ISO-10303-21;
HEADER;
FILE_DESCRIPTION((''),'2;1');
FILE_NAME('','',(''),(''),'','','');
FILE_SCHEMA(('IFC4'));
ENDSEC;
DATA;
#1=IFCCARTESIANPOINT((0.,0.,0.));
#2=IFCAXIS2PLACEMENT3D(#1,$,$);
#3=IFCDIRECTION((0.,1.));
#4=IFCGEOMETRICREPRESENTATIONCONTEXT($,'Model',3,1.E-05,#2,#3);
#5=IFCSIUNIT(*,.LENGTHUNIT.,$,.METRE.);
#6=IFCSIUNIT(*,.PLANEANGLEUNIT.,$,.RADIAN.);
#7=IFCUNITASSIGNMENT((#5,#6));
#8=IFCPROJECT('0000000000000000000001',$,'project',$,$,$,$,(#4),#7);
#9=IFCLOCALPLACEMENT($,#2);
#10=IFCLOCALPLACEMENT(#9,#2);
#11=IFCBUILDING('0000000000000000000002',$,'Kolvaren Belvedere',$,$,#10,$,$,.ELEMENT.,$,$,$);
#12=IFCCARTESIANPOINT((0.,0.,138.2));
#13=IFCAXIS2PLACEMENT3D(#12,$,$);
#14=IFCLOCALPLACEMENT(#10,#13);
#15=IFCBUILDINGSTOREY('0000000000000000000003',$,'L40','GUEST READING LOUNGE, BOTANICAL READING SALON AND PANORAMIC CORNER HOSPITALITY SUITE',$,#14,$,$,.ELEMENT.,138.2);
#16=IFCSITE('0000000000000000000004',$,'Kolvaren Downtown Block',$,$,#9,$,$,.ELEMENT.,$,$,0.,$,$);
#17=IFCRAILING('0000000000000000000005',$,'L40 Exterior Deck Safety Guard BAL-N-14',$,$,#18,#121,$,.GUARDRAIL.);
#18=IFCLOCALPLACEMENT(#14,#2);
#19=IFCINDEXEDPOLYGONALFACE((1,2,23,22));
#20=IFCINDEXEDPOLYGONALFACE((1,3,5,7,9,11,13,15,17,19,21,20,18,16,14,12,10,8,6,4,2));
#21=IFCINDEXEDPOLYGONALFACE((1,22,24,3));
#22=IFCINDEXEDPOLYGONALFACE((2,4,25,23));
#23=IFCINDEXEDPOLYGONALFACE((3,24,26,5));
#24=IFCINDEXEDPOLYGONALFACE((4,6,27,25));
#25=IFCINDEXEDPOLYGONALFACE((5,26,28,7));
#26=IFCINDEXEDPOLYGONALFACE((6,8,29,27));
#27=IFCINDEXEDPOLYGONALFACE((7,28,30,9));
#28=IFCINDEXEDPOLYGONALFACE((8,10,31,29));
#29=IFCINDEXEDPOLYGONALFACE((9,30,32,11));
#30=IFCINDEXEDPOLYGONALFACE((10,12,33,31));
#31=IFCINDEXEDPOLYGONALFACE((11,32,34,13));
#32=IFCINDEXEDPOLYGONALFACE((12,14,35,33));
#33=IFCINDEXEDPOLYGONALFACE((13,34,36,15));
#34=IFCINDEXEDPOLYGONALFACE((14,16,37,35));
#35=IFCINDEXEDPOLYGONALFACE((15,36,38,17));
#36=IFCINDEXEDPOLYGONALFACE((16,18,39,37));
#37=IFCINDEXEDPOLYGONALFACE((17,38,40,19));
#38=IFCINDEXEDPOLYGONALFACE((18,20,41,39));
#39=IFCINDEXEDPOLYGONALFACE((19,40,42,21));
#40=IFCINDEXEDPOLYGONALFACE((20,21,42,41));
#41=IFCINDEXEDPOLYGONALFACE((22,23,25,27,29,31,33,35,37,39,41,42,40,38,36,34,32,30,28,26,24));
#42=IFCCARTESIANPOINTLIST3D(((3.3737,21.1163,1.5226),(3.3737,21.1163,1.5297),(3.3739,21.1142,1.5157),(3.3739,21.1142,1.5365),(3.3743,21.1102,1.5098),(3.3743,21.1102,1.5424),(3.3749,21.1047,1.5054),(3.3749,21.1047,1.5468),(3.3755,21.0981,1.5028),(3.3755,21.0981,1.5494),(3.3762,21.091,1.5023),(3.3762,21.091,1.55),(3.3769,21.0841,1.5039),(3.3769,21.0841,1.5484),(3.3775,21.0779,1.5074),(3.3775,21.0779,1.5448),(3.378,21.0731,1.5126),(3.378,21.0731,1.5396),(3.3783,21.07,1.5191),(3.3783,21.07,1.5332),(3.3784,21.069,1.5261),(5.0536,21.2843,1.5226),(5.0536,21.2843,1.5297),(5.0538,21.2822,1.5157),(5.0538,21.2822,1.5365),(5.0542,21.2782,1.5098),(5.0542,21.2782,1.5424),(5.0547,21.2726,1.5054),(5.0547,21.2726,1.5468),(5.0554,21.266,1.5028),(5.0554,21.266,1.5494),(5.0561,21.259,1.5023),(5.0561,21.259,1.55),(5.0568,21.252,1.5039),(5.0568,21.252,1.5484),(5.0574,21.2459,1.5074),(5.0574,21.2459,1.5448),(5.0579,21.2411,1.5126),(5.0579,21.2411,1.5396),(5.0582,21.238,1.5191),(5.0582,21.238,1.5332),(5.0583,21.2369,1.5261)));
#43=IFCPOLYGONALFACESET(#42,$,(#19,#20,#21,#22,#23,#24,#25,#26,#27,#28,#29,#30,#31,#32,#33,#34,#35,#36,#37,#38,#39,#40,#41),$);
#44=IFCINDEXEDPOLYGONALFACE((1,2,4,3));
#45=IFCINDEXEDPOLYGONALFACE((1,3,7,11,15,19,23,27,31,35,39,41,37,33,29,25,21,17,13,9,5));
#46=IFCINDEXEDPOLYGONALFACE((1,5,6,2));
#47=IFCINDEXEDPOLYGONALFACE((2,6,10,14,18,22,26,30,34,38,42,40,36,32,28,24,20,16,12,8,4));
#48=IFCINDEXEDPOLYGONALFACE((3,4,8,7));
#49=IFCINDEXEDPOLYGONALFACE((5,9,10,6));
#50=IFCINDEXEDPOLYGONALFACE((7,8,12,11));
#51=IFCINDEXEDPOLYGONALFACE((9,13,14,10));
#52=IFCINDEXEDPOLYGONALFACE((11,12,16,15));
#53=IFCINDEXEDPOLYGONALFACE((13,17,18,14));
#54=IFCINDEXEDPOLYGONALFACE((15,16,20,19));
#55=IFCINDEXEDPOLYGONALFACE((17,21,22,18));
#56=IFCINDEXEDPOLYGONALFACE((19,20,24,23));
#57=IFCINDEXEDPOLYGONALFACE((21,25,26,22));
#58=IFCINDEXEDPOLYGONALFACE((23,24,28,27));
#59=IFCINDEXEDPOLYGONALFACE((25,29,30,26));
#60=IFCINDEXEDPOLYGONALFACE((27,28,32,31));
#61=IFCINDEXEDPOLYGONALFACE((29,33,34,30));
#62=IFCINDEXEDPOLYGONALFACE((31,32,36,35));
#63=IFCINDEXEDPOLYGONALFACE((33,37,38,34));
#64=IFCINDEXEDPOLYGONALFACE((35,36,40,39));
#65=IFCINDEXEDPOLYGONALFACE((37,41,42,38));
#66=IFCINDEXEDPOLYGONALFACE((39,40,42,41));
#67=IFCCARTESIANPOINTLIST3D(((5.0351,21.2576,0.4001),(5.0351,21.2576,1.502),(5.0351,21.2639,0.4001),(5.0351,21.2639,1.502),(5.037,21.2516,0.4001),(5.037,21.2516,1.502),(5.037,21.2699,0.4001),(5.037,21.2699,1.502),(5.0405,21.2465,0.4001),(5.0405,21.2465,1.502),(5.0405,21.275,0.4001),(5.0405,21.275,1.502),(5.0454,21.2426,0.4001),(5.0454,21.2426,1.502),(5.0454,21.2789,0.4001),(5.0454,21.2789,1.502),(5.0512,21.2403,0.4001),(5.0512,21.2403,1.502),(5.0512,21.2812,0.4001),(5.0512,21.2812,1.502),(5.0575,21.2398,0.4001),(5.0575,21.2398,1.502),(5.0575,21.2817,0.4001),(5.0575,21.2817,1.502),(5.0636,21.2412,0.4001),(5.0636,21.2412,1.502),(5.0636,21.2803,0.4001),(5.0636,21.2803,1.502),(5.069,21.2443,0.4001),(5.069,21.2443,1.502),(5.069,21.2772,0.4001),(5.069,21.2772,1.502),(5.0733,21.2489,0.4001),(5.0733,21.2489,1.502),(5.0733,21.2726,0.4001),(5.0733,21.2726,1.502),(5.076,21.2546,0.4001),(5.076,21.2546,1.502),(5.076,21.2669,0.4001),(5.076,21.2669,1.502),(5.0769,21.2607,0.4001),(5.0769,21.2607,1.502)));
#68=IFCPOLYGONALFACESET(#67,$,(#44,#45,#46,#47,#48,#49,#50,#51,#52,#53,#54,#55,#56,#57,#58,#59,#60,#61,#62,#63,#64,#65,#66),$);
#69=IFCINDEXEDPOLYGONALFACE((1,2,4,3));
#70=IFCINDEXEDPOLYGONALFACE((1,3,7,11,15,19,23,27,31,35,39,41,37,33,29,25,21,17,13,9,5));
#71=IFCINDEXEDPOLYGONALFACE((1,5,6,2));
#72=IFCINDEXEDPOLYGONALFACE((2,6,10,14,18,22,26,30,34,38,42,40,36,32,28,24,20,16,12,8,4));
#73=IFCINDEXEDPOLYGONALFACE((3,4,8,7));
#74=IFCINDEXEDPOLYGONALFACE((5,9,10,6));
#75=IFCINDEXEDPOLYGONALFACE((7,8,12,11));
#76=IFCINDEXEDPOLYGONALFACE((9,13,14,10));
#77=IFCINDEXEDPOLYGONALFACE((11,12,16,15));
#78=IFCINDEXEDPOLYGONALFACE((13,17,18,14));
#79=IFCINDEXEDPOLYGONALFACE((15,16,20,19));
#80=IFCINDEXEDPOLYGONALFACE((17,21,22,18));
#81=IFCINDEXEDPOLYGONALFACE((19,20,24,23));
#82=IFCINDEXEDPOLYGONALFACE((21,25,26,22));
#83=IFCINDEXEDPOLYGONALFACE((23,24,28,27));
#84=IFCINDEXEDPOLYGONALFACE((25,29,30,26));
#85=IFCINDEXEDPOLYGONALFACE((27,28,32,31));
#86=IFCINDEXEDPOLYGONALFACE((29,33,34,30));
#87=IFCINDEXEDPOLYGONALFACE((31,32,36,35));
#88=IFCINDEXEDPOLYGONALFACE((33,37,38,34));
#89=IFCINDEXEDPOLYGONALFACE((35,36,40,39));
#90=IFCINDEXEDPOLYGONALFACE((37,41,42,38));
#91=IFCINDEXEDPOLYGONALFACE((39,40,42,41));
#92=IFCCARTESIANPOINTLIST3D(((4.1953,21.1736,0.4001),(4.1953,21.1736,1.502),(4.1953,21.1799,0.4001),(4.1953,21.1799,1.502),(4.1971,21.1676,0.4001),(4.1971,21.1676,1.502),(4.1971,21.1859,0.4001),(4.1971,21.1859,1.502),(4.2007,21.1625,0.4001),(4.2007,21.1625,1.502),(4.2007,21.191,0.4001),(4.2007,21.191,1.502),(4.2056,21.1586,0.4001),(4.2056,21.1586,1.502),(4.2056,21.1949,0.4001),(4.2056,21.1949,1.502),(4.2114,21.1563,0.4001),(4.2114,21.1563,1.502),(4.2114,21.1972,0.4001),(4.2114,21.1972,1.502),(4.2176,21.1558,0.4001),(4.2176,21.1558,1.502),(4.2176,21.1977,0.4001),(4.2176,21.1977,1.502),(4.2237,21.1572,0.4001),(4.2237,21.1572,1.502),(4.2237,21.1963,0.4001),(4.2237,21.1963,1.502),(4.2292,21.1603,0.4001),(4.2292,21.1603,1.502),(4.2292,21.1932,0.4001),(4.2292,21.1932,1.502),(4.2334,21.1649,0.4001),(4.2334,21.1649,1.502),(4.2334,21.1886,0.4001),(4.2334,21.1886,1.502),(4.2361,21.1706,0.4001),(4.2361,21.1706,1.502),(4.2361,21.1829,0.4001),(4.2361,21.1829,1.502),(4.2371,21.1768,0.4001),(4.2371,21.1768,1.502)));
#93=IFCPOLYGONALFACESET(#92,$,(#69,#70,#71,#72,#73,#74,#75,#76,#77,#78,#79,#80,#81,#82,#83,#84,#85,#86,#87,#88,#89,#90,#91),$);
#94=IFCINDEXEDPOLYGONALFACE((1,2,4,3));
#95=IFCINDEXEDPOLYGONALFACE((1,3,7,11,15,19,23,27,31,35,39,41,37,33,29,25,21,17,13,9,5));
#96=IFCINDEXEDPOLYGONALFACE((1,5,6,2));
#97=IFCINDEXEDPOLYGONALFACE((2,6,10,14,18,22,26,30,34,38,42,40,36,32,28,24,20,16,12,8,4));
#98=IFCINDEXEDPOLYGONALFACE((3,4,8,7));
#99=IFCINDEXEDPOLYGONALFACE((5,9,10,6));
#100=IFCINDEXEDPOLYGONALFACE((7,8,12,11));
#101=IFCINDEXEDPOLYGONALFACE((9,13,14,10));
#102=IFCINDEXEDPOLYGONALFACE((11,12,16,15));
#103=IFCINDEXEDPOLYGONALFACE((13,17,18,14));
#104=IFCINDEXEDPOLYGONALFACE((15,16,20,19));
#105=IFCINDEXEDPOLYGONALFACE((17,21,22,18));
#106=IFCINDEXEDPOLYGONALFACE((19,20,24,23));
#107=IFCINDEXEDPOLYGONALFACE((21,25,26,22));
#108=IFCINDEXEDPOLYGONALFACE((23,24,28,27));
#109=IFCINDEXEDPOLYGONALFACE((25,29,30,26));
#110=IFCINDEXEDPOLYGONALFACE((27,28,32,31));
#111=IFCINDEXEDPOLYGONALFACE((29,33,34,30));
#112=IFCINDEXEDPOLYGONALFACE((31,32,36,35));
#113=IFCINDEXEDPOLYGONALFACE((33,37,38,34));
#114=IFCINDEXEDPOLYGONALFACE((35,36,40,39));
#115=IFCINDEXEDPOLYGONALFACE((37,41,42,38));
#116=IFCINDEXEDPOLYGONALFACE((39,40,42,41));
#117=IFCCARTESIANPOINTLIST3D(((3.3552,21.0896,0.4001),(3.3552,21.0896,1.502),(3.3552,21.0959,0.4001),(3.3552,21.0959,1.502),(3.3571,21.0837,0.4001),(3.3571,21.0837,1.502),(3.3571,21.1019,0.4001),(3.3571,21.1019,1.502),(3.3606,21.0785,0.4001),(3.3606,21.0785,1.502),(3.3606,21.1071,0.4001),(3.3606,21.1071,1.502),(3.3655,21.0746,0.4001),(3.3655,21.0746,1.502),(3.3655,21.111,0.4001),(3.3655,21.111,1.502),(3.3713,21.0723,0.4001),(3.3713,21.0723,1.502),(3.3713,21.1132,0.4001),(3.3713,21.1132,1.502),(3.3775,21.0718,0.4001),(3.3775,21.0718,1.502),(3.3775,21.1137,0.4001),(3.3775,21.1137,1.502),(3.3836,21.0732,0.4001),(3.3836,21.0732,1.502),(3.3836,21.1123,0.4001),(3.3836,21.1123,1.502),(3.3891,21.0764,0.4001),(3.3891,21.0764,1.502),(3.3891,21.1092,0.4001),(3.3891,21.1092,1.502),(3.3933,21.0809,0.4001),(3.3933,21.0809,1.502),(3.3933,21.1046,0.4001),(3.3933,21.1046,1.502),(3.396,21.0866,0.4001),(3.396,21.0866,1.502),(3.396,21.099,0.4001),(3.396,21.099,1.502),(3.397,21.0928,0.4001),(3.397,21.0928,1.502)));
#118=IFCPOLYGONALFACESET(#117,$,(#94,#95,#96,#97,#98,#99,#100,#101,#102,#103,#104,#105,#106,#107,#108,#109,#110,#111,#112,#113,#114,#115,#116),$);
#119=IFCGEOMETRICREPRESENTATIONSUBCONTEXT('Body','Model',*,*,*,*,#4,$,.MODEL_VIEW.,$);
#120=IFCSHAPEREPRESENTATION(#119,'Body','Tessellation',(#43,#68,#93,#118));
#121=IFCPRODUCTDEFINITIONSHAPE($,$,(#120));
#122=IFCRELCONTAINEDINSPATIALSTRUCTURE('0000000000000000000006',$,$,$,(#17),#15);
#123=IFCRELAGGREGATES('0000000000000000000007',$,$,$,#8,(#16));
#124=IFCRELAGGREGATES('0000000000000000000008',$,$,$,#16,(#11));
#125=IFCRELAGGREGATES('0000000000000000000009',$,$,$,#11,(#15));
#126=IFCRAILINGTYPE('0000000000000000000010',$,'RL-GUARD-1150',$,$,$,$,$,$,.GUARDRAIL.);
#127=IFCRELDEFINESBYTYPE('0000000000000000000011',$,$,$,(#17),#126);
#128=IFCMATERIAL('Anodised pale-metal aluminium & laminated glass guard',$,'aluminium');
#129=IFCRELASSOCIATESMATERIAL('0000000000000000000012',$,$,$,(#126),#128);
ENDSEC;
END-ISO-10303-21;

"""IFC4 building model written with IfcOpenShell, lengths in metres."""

from ifc_helpers import new_model, si_unit, direction, frame, origin, origin_2d, place, context, subcontext, project, spatial, circle, extrude, material, type_object, element, save


model = new_model("IFC4")

# Units and contexts
model_context = context("Model", 3, precision=1e-05, world=origin(), true_north=direction((0.0, 1.0)))
body_context = subcontext(model_context, "Body", "Model", "MODEL_VIEW")
ifc_project = project(units=[si_unit("LENGTHUNIT", "METRE"), si_unit("PLANEANGLEUNIT", "RADIAN")], contexts=[model_context])

# Site, building, storey
site_placement = place(None, origin())
site = spatial("IfcSite", under=ifc_project, at=site_placement, Name="Kolvaren Downtown Block", CompositionType="ELEMENT", RefElevation=0.0)
building_placement = place(site_placement, origin())
building = spatial("IfcBuilding", under=site, at=building_placement, Name="Kolvaren Belvedere", CompositionType="ELEMENT")
storey_placement = place(building_placement, frame((0.0, 0.0, 138.2)))
storey = spatial("IfcBuildingStorey", under=building, at=storey_placement, Name="L40", Description="GUEST READING LOUNGE, BOTANICAL READING SALON AND PANORAMIC CORNER HOSPITALITY SUITE", CompositionType="ELEMENT", Elevation=138.2)

# Railing
ifc_material_1 = material(Name="Anodised pale-metal aluminium & laminated glass guard", Category="aluminium")
railing_type = type_object("IfcRailingType", Name="RL-GUARD-1150", PredefinedType="GUARDRAIL", material=ifc_material_1)
railing_1_placement = place(storey_placement, frame((5.0559, 21.2607, 0.4001)))
element("IfcRailing", 1, at=railing_1_placement, inside=storey, type_object=railing_type, Name="L40 Exterior Deck Safety Guard BAL-N-14", PredefinedType="GUARDRAIL", context=body_context, shape_type="SweptSolid", body=[
    extrude(circle(Radius=0.0239, at=origin_2d()), frame((0.0, 0.0, 1.126), z_axis=(-0.995039, -0.099489, 0.0), x_axis=(0.099489, -0.995039, 0.0)), (0.0, 0.0, 1.0), 1.6882),
    extrude(circle(Radius=0.021, at=origin_2d()), origin(), (0.0, 0.0, 1.0), 1.1018),
    extrude(circle(Radius=0.021, at=origin_2d()), frame((-0.8398, -0.084, 0.0)), (0.0, 0.0, 1.0), 1.1018),
    extrude(circle(Radius=0.021, at=origin_2d()), frame((-1.6799, -0.168, 0.0)), (0.0, 0.0, 1.0), 1.1018),
])

save(model, "model.ifc")
